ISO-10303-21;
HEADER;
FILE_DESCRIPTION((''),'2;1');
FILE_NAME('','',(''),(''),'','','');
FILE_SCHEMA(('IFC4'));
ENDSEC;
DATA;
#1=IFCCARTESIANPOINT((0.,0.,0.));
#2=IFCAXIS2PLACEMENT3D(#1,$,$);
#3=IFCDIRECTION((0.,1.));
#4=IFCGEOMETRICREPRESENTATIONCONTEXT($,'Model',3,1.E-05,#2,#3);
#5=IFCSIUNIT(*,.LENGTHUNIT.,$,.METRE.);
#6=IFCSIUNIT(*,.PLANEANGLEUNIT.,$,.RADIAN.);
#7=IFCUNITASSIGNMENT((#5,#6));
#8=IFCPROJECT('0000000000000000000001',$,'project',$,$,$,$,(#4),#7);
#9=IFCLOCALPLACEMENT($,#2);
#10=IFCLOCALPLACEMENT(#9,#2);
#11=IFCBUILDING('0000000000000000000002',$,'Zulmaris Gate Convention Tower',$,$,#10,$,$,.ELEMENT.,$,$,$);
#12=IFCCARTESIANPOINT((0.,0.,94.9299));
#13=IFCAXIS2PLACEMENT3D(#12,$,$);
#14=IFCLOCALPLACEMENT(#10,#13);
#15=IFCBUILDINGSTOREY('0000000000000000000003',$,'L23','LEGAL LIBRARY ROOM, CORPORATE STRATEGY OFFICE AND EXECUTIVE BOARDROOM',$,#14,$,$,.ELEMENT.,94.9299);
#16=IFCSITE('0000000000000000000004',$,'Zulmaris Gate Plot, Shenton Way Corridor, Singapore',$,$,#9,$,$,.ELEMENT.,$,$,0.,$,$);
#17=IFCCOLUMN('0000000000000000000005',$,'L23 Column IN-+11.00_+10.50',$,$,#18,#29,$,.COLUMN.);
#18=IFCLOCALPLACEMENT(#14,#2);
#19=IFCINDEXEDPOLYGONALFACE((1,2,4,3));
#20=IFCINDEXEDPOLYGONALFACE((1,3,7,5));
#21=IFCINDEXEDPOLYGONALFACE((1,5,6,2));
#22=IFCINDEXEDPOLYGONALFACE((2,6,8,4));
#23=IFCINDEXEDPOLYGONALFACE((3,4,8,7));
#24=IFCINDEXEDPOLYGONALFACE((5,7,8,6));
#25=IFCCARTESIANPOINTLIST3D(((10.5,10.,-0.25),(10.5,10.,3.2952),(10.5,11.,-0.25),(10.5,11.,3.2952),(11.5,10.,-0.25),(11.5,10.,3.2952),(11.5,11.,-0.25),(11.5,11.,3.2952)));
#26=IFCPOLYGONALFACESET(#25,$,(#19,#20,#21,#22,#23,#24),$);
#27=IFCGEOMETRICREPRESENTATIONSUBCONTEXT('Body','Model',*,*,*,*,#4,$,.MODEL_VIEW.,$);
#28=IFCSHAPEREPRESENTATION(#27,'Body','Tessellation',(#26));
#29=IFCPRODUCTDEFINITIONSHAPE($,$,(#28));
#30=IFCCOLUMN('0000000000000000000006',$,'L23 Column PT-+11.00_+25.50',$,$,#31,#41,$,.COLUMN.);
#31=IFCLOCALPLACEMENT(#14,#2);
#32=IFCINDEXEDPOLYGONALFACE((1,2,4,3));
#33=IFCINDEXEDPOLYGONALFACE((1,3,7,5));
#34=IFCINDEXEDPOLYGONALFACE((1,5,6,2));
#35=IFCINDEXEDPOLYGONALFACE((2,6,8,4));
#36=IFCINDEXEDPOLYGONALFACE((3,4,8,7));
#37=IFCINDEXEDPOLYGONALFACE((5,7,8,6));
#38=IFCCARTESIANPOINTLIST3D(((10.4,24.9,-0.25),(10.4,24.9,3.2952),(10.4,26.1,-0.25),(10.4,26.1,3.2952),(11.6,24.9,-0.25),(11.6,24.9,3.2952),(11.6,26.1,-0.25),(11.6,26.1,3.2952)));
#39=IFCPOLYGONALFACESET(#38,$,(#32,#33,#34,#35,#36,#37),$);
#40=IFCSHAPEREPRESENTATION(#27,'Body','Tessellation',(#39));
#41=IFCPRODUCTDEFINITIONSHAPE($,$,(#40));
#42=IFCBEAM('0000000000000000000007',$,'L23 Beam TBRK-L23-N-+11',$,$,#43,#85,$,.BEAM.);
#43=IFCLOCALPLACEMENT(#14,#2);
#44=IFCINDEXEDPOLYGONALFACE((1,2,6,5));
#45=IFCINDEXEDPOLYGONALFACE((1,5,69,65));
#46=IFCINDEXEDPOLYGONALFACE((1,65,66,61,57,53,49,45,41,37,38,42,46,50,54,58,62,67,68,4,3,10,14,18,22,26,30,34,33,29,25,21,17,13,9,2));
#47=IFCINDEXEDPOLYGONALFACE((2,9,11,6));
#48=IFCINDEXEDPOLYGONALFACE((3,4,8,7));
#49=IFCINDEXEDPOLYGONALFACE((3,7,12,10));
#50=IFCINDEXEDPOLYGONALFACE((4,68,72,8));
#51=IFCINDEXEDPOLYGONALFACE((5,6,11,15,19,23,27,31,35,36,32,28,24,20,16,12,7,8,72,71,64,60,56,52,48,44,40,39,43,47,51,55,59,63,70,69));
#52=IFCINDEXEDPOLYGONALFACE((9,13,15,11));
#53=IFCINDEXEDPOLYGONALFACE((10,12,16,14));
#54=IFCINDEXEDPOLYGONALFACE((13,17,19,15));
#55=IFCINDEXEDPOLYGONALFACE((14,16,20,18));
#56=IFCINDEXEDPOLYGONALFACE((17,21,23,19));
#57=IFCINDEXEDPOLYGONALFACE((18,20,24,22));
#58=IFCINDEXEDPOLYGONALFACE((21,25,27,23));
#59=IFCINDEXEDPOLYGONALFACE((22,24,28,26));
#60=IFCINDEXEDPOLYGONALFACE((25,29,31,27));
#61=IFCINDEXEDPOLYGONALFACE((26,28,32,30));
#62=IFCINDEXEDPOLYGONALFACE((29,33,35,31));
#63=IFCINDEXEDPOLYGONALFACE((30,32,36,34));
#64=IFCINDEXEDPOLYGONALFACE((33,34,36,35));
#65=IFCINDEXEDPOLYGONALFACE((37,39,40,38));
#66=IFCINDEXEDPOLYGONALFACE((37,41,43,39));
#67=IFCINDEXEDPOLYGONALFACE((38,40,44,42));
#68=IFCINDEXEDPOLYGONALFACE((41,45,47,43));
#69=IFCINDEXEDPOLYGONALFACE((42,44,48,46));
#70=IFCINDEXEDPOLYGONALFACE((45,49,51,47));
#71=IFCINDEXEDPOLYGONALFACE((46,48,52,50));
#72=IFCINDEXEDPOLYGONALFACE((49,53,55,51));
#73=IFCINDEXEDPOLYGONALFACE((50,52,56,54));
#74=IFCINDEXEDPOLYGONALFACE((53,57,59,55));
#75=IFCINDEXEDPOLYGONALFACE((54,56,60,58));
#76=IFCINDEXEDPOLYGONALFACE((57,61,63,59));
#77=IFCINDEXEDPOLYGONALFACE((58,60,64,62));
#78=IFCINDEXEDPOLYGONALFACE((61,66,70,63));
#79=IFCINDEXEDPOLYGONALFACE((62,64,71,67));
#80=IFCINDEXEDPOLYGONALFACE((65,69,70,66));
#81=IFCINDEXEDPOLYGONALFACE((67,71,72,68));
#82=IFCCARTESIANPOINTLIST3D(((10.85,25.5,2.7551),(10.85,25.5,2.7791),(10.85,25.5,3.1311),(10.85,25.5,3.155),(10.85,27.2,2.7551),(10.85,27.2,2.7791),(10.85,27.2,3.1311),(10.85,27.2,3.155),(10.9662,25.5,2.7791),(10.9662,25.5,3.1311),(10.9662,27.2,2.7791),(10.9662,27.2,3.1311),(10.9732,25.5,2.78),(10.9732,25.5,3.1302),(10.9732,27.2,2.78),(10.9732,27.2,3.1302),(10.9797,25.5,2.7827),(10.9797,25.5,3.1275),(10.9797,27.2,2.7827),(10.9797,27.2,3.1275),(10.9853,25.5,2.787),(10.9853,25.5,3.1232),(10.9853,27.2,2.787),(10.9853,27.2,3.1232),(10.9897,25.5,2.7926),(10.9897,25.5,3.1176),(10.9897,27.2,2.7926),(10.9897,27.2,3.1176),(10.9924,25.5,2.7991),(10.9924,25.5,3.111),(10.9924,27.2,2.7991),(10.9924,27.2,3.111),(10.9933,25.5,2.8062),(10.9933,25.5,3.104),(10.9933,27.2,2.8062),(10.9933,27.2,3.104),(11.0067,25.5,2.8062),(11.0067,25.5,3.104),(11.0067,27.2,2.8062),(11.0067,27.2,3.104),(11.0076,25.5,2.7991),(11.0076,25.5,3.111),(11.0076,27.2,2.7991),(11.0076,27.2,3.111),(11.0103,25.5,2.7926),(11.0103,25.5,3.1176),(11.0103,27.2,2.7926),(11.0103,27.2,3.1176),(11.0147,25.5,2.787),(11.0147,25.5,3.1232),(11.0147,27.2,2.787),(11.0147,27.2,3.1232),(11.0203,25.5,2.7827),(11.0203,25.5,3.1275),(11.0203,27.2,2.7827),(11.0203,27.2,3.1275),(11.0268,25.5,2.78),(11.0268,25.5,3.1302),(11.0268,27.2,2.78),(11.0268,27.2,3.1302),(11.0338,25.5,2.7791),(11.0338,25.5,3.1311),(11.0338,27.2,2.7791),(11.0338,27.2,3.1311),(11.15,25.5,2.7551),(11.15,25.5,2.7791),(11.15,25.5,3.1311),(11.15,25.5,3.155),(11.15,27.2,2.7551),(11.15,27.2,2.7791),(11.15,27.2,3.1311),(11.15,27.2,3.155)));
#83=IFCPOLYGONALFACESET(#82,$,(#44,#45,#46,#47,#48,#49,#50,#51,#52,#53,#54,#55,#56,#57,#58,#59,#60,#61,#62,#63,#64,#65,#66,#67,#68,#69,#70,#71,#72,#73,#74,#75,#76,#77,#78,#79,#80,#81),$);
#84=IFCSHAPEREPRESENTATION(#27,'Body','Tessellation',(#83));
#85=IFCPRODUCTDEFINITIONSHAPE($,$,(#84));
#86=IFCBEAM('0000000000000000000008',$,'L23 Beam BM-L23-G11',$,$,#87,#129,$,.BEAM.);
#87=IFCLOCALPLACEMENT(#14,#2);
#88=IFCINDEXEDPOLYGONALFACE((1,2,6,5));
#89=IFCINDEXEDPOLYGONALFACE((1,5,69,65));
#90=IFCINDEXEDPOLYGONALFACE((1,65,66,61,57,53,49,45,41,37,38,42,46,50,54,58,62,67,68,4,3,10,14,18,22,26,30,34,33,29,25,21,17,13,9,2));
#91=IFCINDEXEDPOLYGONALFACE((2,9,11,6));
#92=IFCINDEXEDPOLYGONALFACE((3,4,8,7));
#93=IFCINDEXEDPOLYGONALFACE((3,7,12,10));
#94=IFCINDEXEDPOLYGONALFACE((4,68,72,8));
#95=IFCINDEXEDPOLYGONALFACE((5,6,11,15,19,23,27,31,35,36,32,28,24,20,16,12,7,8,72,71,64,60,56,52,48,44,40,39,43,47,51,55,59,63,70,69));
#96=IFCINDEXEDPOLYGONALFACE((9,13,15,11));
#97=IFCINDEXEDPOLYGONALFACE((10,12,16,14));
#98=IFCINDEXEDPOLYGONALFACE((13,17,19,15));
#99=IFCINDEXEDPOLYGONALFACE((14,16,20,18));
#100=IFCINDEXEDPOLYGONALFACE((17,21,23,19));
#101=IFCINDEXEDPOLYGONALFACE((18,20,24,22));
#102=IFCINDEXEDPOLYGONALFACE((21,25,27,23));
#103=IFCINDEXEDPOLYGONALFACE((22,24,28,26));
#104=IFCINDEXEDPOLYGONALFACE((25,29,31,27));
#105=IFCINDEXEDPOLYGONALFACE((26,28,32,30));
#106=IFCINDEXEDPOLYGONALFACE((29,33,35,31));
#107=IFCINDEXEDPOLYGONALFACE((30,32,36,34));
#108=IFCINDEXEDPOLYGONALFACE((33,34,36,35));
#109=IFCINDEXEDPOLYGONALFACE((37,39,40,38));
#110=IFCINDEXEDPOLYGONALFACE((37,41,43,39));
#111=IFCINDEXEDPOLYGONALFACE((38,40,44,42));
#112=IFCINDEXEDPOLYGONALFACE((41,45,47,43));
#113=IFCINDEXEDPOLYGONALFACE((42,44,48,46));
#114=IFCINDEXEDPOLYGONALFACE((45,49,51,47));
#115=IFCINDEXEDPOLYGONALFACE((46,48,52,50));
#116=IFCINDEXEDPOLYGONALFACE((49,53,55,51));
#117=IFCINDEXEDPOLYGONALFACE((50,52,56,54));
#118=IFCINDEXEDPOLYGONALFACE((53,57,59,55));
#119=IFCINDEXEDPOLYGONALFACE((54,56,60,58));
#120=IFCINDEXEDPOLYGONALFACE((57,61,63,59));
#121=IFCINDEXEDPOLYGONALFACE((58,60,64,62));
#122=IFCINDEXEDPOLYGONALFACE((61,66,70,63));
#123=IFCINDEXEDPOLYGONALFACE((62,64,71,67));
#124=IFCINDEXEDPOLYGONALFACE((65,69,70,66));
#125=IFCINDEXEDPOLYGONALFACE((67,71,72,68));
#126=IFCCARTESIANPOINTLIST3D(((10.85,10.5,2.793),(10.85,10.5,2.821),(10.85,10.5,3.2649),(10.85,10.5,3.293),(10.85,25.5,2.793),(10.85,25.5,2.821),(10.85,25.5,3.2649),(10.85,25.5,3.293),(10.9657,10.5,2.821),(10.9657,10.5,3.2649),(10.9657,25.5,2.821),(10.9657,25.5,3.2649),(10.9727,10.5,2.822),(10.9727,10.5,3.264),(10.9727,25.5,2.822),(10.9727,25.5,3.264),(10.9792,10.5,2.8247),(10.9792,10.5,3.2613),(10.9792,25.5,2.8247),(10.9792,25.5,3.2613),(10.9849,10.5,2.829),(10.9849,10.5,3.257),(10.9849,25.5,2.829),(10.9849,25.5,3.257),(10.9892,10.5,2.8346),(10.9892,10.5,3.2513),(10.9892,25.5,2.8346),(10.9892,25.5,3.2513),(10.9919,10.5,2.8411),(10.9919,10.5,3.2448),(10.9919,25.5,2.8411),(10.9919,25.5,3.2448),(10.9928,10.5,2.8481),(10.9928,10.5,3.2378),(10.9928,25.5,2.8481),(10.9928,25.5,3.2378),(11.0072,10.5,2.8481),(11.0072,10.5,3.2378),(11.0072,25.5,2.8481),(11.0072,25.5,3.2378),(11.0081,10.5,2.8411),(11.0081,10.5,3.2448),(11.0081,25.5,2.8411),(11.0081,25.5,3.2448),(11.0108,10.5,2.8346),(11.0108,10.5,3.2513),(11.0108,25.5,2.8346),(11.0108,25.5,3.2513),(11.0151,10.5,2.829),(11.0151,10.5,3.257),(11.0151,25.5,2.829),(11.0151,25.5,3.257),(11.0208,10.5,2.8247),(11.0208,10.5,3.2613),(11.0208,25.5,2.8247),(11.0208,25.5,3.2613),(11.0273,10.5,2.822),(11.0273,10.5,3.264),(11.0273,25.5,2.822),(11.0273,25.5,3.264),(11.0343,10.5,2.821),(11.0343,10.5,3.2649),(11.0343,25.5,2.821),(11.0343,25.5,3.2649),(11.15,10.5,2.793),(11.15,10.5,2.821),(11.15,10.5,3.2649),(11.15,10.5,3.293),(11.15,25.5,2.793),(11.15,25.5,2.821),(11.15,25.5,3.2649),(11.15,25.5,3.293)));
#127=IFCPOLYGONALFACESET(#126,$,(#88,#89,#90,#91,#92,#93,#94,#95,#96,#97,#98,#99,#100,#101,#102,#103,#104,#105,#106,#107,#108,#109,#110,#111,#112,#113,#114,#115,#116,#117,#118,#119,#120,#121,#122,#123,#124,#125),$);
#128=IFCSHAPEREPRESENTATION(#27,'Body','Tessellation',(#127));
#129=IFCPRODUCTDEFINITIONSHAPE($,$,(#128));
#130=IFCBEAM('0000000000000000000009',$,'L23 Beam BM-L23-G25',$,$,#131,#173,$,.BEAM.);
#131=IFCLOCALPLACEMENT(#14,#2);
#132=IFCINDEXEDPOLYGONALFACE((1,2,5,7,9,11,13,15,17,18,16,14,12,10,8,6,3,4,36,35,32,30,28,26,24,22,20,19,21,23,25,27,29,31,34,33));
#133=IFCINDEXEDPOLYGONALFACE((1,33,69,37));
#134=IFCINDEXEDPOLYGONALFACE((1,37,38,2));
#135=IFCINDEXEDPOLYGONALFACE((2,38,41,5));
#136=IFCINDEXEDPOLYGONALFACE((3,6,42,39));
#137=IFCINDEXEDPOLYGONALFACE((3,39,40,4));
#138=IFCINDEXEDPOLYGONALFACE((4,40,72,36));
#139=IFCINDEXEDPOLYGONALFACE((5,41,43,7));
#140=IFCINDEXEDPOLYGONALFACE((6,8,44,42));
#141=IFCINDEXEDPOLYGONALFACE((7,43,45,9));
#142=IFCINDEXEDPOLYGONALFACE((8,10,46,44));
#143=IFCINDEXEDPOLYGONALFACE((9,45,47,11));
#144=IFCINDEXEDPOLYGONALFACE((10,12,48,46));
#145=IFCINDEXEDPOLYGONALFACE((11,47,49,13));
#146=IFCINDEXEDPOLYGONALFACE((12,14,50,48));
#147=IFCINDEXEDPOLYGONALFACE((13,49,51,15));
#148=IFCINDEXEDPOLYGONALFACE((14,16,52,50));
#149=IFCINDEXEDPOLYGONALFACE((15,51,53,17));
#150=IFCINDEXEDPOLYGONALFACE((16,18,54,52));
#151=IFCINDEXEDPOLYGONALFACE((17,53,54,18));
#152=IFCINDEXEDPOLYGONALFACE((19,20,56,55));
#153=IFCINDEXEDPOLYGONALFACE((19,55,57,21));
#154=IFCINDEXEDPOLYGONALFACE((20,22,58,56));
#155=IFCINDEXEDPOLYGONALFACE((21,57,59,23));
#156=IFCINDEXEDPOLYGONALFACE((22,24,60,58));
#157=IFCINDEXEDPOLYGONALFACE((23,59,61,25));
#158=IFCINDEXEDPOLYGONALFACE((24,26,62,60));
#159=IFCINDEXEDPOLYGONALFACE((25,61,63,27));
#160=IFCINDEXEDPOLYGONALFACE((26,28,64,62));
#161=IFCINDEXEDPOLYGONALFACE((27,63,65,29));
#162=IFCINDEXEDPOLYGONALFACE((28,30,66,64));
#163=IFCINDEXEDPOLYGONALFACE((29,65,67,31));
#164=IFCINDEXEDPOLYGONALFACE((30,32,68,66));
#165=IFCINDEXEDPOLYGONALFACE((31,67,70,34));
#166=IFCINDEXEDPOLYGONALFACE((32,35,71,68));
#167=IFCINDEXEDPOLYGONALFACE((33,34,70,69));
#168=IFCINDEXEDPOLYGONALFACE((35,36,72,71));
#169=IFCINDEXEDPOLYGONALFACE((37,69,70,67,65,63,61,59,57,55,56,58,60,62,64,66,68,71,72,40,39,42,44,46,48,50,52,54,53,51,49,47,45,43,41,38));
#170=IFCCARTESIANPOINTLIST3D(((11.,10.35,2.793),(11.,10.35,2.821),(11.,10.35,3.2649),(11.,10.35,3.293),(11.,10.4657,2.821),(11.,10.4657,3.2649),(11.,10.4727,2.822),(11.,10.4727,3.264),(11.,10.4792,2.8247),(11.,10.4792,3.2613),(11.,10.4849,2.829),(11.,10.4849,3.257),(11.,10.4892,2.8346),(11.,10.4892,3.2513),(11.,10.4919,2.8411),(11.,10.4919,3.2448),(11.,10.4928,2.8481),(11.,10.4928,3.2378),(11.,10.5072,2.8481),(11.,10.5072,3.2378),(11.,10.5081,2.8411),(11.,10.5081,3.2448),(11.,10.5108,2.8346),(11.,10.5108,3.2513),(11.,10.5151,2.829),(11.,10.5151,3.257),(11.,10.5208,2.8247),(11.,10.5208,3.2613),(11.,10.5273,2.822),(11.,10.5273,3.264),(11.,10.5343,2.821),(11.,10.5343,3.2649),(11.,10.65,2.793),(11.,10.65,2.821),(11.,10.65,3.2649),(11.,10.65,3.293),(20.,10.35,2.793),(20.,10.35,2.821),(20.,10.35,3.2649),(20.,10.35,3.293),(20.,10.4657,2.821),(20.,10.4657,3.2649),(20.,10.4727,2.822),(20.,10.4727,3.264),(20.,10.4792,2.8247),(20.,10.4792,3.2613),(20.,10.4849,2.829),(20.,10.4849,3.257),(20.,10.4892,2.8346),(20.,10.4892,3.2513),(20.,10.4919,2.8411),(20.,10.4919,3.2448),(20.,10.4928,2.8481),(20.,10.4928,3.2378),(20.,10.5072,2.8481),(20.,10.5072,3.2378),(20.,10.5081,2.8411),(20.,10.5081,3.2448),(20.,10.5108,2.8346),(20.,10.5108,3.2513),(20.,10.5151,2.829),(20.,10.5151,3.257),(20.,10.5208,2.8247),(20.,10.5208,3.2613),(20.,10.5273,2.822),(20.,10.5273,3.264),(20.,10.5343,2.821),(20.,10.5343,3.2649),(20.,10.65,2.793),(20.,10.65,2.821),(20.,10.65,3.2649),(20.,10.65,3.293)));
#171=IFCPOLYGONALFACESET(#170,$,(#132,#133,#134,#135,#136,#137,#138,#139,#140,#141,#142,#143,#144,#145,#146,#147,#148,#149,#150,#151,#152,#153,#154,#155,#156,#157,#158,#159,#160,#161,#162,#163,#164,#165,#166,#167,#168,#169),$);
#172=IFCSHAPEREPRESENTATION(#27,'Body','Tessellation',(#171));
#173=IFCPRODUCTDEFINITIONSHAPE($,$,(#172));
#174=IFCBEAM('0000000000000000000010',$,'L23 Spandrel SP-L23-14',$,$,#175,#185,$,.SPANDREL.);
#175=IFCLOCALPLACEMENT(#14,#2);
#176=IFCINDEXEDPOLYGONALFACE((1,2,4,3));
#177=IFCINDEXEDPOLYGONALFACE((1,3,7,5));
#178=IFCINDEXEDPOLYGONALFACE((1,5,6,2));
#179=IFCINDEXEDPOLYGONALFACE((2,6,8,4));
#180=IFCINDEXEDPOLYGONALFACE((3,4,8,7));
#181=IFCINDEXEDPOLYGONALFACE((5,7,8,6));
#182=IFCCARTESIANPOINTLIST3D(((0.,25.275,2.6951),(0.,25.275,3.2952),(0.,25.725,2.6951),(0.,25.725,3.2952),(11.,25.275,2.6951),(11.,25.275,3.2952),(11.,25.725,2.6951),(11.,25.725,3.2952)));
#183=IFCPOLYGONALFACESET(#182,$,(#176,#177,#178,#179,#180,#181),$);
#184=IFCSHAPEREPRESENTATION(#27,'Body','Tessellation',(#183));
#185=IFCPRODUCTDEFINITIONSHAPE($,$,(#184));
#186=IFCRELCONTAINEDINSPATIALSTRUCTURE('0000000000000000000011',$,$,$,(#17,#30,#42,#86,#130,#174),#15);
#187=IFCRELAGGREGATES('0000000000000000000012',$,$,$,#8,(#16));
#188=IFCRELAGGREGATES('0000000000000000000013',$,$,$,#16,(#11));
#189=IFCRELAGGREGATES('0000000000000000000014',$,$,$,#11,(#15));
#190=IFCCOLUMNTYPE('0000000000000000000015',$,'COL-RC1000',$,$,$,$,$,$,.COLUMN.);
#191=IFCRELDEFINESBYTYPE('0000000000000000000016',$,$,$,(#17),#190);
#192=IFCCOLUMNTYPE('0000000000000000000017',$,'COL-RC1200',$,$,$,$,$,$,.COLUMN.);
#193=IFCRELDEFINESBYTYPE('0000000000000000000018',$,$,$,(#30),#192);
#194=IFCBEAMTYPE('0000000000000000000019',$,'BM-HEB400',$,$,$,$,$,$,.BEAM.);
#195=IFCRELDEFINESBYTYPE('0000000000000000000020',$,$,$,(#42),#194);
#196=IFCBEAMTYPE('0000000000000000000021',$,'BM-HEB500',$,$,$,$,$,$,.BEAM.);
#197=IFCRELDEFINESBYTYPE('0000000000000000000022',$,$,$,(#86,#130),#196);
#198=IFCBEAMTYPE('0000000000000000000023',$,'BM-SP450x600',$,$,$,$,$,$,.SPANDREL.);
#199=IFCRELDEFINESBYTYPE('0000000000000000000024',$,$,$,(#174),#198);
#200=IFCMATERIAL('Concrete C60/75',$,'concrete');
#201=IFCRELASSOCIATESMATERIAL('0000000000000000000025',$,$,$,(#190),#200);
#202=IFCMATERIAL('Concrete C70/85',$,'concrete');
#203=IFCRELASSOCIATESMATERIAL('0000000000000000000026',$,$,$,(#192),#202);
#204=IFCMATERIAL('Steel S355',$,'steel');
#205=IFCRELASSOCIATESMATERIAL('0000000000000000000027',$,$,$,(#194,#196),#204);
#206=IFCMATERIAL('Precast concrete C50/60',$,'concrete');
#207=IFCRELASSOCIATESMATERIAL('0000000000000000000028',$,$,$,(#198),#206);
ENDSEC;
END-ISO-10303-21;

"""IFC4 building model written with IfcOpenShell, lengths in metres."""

from ifc_helpers import new_model, si_unit, direction, frame, origin, origin_2d, place, context, subcontext, project, spatial, rectangle, i_section, extrude, material, material_profile, profile_set, type_object, element, save


model = new_model("IFC4")

# Units and contexts
model_context = context("Model", 3, precision=1e-05, world=origin(), true_north=direction((0.0, 1.0)))
body_context = subcontext(model_context, "Body", "Model", "MODEL_VIEW")
ifc_project = project(units=[si_unit("LENGTHUNIT", "METRE"), si_unit("PLANEANGLEUNIT", "RADIAN")], contexts=[model_context])

# Site, building, storey
site_placement = place(None, origin())
site = spatial("IfcSite", under=ifc_project, at=site_placement, Name="Zulmaris Gate Plot, Shenton Way Corridor, Singapore", CompositionType="ELEMENT", RefElevation=0.0)
building_placement = place(site_placement, origin())
building = spatial("IfcBuilding", under=site, at=building_placement, Name="Zulmaris Gate Convention Tower", CompositionType="ELEMENT")
storey_placement = place(building_placement, frame((0.0, 0.0, 94.9299)))
storey = spatial("IfcBuildingStorey", under=building, at=storey_placement, Name="L23", Description="LEGAL LIBRARY ROOM, CORPORATE STRATEGY OFFICE AND EXECUTIVE BOARDROOM", CompositionType="ELEMENT", Elevation=94.9299)

# Columns
ifc_material_1 = material(Name="Concrete C60/75", Category="concrete")
ifc_material_profile_1 = material_profile(ifc_material_1, rectangle(XDim=1.0, YDim=1.0, at=origin_2d()), Name="RC COL 1000x1000")
ifc_profile_set_1 = profile_set([ifc_material_profile_1], Name="Concrete C60/75")
column_type_1 = type_object("IfcColumnType", Name="COL-RC1000", PredefinedType="COLUMN", material=ifc_profile_set_1)
column_1_placement = place(storey_placement, frame((11.0, 10.5, -0.25), z_axis=(0.0, 0.0, 1.0), x_axis=(1.0, 0.0, 0.0)))
element("IfcColumn", 1, at=column_1_placement, inside=storey, type_object=column_type_1, Name="L23 Column IN-+11.00_+10.50", PredefinedType="COLUMN", context=body_context, shape_type="SweptSolid", body=[
    extrude(rectangle(XDim=1.0, YDim=1.0, at=origin_2d()), origin(), (0.0, 0.0, 1.0), 3.5452),
])
ifc_material_2 = material(Name="Concrete C70/85", Category="concrete")
ifc_material_profile_2 = material_profile(ifc_material_2, rectangle(XDim=1.2, YDim=1.2, at=origin_2d()), Name="RC COL 1200x1200")
ifc_profile_set_2 = profile_set([ifc_material_profile_2], Name="Concrete C70/85")
column_type_2 = type_object("IfcColumnType", Name="COL-RC1200", PredefinedType="COLUMN", material=ifc_profile_set_2)
column_2_placement = place(storey_placement, frame((11.0, 25.5, -0.25), z_axis=(0.0, 0.0, 1.0), x_axis=(1.0, 0.0, 0.0)))
element("IfcColumn", 2, at=column_2_placement, inside=storey, type_object=column_type_2, Name="L23 Column PT-+11.00_+25.50", PredefinedType="COLUMN", context=body_context, shape_type="SweptSolid", body=[
    extrude(rectangle(XDim=1.2, YDim=1.2, at=origin_2d()), origin(), (0.0, 0.0, 1.0), 3.5452),
])

# Beams
ifc_material_3 = material(Name="Steel S355", Category="steel")
ifc_material_profile_3 = material_profile(ifc_material_3, i_section(OverallWidth=0.3, OverallDepth=0.3999, WebThickness=0.0134, FlangeThickness=0.0239, FilletRadius=0.0271, at=origin_2d()), Name="HEB 400")
ifc_profile_set_3 = profile_set([ifc_material_profile_3], Name="Steel S355")
beam_type_1 = type_object("IfcBeamType", Name="BM-HEB400", PredefinedType="BEAM", material=ifc_profile_set_3)
beam_1_placement = place(storey_placement, frame((11.0, 25.5, 2.9551), z_axis=(0.0, 1.0, 0.0), x_axis=(-1.0, 0.0, 0.0)))
element("IfcBeam", 3, at=beam_1_placement, inside=storey, type_object=beam_type_1, Name="L23 Beam TBRK-L23-N-+11", PredefinedType="BEAM", context=body_context, shape_type="SweptSolid", body=[
    extrude(i_section(OverallWidth=0.3, OverallDepth=0.3999, WebThickness=0.0134, FlangeThickness=0.0239, FilletRadius=0.0271, at=origin_2d()), origin(), (0.0, 0.0, 1.0), 1.7),
])
ifc_material_profile_4 = material_profile(ifc_material_3, i_section(OverallWidth=0.3, OverallDepth=0.5, WebThickness=0.0144, FlangeThickness=0.0281, FilletRadius=0.0271, at=origin_2d()), Name="HEB 500")
ifc_profile_set_4 = profile_set([ifc_material_profile_4], Name="Steel S355")
beam_type_2 = type_object("IfcBeamType", Name="BM-HEB500", PredefinedType="BEAM", material=ifc_profile_set_4)
beam_2_placement = place(storey_placement, frame((11.0, 10.5, 3.043), z_axis=(0.0, 1.0, 0.0), x_axis=(-1.0, 0.0, 0.0)))
element("IfcBeam", 4, at=beam_2_placement, inside=storey, type_object=beam_type_2, Name="L23 Beam BM-L23-G11", PredefinedType="BEAM", context=body_context, shape_type="SweptSolid", body=[
    extrude(i_section(OverallWidth=0.3, OverallDepth=0.5, WebThickness=0.0144, FlangeThickness=0.0281, FilletRadius=0.0271, at=origin_2d()), origin(), (0.0, 0.0, 1.0), 15.0),
])
beam_3_placement = place(storey_placement, frame((11.0, 10.5, 3.043), z_axis=(1.0, 0.0, 0.0), x_axis=(0.0, 1.0, 0.0)))
element("IfcBeam", 5, at=beam_3_placement, inside=storey, type_object=beam_type_2, Name="L23 Beam BM-L23-G25", PredefinedType="BEAM", context=body_context, shape_type="SweptSolid", body=[
    extrude(i_section(OverallWidth=0.3, OverallDepth=0.5, WebThickness=0.0144, FlangeThickness=0.0281, FilletRadius=0.0271, at=origin_2d()), origin(), (0.0, 0.0, 1.0), 9.0),
])
ifc_material_4 = material(Name="Precast concrete C50/60", Category="concrete")
ifc_material_profile_5 = material_profile(ifc_material_4, rectangle(XDim=0.45, YDim=0.6001, at=origin_2d()), Name="RC SPANDREL 450x600")
ifc_profile_set_5 = profile_set([ifc_material_profile_5], Name="Precast concrete C50/60")
beam_type_3 = type_object("IfcBeamType", Name="BM-SP450x600", PredefinedType="SPANDREL", material=ifc_profile_set_5)
beam_4_placement = place(storey_placement, frame((11.0, 25.5, 2.9951), z_axis=(-1.0, 0.0, 0.0), x_axis=(0.0, -1.0, 0.0)))
element("IfcBeam", 6, at=beam_4_placement, inside=storey, type_object=beam_type_3, Name="L23 Spandrel SP-L23-14", PredefinedType="SPANDREL", context=body_context, shape_type="SweptSolid", body=[
    extrude(rectangle(XDim=0.45, YDim=0.6001, at=origin_2d()), origin(), (0.0, 0.0, 1.0), 11.0),
])

save(model, "model.ifc")
